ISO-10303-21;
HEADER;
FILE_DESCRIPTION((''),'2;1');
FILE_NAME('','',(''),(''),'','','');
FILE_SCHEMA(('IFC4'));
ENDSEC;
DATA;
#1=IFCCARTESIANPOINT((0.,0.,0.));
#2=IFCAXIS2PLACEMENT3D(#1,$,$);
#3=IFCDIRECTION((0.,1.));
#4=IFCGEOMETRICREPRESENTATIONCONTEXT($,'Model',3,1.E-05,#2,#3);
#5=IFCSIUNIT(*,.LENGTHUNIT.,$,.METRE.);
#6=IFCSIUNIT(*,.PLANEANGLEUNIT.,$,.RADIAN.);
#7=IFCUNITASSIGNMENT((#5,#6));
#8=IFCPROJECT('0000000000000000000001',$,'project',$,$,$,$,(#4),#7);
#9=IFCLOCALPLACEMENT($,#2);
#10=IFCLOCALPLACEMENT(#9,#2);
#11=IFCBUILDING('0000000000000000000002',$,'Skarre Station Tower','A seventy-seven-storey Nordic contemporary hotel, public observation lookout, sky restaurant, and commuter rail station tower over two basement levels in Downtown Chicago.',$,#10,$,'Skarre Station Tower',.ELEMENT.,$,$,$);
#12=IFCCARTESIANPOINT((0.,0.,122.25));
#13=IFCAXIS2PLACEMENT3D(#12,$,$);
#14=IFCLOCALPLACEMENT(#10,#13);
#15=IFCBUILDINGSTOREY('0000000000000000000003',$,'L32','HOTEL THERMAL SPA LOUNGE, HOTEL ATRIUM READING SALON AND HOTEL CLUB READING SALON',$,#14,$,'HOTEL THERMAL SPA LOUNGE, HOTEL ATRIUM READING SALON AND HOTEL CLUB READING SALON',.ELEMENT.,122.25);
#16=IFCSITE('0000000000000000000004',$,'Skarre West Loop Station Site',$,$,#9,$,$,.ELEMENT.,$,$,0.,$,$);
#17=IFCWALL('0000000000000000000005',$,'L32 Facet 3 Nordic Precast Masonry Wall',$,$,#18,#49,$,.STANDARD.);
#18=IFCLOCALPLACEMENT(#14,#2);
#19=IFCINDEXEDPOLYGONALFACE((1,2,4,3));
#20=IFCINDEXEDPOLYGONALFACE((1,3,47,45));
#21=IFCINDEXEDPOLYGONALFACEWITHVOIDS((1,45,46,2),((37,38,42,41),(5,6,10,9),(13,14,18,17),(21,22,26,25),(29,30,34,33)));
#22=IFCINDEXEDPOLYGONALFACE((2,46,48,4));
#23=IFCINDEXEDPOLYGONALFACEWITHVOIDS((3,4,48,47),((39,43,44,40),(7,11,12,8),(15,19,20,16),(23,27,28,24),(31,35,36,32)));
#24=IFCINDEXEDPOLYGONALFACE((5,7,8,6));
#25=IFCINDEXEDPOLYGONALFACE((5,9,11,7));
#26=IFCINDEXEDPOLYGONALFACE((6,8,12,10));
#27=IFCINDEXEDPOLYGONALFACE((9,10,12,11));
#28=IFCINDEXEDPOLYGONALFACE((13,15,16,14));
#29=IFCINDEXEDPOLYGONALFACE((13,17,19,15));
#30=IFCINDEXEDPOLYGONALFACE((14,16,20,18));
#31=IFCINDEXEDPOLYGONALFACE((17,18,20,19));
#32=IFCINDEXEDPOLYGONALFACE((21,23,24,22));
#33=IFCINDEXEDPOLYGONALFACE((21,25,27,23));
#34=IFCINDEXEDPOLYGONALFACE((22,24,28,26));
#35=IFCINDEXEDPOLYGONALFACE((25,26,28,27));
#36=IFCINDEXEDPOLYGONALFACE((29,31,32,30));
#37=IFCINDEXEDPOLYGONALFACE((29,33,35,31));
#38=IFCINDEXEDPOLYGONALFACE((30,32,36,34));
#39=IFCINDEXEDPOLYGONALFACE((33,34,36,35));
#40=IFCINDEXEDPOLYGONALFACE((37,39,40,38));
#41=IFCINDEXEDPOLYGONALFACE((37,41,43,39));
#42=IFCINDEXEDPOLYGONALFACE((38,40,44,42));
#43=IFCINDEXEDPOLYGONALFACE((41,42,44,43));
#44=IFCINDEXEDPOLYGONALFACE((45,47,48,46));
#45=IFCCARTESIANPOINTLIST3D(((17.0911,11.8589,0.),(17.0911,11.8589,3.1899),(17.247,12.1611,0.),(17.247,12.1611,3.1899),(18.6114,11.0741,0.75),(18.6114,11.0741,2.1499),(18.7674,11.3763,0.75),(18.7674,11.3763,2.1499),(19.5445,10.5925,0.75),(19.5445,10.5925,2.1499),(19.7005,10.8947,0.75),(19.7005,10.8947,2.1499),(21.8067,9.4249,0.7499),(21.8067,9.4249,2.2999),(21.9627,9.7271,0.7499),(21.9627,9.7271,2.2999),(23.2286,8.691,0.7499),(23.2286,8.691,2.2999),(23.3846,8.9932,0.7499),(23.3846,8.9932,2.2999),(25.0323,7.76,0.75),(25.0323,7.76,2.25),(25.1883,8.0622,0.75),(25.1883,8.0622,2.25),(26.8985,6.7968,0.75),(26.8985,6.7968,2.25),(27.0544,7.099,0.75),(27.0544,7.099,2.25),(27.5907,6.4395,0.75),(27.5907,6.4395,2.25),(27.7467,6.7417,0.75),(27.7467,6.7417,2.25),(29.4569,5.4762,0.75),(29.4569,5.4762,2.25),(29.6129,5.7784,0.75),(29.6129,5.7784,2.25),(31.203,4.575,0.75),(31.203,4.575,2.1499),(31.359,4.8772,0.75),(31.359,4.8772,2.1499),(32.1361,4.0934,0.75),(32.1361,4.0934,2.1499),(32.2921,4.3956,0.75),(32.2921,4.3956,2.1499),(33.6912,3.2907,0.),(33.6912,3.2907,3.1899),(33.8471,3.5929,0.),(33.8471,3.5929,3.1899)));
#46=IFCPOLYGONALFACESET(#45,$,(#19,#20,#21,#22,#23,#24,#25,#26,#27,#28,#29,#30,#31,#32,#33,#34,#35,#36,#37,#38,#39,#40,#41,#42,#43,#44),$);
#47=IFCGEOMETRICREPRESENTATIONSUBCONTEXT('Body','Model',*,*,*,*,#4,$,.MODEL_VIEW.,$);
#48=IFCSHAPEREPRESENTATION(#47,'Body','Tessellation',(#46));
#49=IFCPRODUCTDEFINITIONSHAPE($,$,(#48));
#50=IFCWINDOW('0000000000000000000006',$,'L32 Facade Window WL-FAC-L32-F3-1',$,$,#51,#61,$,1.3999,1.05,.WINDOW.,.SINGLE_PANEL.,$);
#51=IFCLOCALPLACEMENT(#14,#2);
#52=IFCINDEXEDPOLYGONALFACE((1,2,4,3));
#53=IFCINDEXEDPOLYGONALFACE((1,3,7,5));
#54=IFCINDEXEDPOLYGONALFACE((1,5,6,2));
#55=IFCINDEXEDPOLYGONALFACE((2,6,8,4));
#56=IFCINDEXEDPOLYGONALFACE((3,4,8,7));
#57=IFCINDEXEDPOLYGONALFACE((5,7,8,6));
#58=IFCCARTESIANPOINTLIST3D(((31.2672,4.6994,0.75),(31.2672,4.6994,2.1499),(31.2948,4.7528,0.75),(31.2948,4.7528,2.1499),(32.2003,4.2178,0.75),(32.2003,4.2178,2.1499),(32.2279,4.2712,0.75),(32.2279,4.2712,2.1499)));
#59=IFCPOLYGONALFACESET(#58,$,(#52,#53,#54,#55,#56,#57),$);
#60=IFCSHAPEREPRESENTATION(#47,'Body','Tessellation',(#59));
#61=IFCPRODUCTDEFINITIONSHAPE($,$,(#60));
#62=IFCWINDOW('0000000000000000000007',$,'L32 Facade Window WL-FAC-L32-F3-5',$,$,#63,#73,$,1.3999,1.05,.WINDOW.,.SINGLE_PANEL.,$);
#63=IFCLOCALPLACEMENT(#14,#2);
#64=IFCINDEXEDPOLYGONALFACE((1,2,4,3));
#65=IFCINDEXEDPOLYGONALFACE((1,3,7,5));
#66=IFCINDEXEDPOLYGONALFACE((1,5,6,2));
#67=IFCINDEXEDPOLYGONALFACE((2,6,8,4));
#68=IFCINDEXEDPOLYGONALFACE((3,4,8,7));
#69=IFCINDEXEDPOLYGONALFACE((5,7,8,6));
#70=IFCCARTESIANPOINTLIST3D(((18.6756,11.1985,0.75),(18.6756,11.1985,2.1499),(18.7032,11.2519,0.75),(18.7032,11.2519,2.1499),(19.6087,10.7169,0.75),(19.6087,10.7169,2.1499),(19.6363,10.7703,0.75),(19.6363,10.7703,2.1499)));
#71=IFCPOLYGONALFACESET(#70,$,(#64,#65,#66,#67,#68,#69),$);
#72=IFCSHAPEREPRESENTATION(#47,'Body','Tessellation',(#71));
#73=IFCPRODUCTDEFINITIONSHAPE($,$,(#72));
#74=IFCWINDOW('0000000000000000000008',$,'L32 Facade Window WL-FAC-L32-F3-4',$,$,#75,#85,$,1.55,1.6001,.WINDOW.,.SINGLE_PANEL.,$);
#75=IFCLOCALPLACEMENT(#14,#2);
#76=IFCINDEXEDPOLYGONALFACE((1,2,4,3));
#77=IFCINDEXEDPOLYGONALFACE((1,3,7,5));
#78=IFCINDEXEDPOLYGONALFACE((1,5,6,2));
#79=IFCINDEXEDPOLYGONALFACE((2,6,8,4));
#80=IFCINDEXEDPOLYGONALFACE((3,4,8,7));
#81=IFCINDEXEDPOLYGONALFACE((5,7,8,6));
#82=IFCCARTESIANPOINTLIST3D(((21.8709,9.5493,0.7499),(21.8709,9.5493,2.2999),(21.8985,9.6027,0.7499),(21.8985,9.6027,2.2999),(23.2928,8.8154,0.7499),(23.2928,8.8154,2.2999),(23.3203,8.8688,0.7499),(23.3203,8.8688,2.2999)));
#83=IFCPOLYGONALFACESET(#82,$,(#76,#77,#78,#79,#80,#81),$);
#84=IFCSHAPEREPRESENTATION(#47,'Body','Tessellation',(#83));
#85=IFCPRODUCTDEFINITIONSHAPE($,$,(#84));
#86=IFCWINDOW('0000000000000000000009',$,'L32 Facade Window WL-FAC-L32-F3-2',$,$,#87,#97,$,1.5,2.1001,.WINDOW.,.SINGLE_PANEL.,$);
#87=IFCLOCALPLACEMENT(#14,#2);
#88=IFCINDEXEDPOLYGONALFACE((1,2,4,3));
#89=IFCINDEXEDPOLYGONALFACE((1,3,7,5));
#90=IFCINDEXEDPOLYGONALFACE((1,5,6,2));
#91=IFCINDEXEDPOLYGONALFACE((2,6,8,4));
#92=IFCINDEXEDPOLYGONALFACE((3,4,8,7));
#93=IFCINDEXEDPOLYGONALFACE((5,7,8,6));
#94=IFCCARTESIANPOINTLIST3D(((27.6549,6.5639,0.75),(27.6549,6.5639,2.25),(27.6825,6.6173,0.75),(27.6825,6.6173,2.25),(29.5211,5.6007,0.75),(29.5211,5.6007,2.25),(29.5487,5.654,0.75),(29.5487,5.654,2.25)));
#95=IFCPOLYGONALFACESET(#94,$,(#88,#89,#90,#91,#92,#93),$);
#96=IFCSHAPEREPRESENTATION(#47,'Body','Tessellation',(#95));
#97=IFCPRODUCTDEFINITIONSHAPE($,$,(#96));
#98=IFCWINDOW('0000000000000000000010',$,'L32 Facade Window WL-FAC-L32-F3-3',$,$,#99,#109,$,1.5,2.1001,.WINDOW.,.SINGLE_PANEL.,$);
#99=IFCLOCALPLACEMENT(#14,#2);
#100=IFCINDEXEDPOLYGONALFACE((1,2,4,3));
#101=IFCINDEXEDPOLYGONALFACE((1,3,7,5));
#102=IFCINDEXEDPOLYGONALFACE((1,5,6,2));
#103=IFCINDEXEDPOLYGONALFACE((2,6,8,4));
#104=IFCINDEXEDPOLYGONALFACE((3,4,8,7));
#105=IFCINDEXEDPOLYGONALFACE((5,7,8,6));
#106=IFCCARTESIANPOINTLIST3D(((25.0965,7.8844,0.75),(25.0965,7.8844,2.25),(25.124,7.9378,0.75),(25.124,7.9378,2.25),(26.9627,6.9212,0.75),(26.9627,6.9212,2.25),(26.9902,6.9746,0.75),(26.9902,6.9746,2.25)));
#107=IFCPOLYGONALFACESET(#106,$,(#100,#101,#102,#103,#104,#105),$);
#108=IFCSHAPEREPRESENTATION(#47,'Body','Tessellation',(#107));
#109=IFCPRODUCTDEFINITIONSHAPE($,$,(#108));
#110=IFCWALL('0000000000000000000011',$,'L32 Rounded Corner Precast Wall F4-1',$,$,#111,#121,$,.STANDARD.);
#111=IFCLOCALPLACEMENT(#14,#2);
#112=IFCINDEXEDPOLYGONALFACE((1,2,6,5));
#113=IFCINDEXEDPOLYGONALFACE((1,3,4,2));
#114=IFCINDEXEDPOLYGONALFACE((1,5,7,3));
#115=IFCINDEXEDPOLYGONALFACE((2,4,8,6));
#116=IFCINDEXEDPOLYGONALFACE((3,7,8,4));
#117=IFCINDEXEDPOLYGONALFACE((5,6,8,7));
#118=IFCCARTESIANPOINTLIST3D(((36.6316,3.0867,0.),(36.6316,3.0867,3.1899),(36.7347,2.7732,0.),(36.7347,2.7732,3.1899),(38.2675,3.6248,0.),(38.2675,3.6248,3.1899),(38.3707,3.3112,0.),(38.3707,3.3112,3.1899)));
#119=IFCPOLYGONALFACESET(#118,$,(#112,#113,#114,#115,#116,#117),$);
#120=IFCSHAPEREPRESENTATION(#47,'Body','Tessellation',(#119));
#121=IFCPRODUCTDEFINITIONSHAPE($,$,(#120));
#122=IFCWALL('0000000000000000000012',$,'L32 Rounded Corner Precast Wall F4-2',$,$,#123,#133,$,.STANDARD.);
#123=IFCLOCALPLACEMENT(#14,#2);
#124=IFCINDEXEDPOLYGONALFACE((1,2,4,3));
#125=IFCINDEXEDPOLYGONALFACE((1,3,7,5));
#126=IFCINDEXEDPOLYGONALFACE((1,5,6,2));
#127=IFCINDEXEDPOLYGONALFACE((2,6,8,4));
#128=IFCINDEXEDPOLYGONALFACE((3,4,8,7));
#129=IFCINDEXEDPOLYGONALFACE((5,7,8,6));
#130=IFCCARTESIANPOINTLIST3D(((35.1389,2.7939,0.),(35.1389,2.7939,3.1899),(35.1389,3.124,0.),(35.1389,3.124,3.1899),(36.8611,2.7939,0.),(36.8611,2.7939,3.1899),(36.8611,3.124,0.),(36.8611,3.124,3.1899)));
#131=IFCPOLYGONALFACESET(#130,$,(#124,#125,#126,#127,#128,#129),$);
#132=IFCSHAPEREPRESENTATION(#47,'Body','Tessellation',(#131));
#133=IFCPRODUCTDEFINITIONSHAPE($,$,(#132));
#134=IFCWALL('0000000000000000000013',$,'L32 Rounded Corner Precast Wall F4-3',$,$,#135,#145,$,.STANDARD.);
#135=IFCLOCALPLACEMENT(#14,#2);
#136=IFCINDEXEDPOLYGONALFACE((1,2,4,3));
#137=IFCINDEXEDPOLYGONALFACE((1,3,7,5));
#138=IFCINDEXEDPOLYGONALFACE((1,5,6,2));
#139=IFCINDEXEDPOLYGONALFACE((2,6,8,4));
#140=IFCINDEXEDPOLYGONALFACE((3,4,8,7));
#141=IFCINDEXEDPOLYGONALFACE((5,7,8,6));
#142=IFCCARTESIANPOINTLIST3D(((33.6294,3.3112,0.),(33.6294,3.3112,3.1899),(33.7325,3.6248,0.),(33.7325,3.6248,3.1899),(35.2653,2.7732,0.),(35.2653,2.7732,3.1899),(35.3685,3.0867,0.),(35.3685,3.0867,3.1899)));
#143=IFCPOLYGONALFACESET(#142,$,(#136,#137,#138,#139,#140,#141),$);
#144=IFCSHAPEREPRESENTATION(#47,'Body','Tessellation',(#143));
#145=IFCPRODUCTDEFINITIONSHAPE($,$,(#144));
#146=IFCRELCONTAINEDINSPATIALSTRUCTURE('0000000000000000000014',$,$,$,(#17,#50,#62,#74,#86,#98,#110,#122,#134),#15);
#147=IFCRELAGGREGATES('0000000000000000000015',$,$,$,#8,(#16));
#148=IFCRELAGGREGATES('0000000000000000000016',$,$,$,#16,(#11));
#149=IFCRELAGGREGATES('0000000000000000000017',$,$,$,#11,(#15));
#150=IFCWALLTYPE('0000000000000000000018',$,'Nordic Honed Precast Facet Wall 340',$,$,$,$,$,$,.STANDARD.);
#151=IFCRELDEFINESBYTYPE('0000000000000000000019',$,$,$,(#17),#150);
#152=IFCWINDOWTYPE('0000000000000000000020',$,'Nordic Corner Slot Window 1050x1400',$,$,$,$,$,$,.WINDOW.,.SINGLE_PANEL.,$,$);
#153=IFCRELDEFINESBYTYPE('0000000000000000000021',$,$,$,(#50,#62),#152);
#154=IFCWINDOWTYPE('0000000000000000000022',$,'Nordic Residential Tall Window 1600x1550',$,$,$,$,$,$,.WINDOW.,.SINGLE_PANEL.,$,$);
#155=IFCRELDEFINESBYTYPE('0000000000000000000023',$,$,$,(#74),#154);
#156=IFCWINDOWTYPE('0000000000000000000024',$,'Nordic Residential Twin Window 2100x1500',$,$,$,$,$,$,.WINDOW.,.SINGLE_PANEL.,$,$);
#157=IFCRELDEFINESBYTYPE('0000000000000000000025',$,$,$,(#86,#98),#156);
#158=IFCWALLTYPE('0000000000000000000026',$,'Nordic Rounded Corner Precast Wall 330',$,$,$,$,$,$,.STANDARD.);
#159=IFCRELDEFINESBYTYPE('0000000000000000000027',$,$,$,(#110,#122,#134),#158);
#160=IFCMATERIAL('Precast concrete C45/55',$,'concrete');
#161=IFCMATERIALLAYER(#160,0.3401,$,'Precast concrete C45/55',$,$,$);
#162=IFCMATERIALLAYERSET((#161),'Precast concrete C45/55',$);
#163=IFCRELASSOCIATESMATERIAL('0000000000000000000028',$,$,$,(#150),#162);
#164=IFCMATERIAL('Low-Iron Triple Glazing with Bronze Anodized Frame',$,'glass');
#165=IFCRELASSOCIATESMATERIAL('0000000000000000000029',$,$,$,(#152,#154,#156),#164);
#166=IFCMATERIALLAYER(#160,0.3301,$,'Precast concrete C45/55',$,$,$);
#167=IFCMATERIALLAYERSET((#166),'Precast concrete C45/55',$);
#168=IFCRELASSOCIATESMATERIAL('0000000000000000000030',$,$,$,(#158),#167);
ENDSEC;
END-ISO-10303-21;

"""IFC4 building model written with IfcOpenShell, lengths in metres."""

from ifc_helpers import new_model, si_unit, direction, frame, frame_2d, origin, place, context, subcontext, project, spatial, rectangle, extrude, material, layer, layer_set, type_object, element, fill, save


model = new_model("IFC4")

# Units and contexts
model_context = context("Model", 3, precision=1e-05, world=origin(), true_north=direction((0.0, 1.0)))
body_context = subcontext(model_context, "Body", "Model", "MODEL_VIEW")
ifc_project = project(units=[si_unit("LENGTHUNIT", "METRE"), si_unit("PLANEANGLEUNIT", "RADIAN")], contexts=[model_context])

# Site, building, storey
site_placement = place(None, origin())
site = spatial("IfcSite", under=ifc_project, at=site_placement, Name="Skarre West Loop Station Site", CompositionType="ELEMENT", RefElevation=0.0)
building_placement = place(site_placement, origin())
building = spatial("IfcBuilding", under=site, at=building_placement, Name="Skarre Station Tower", Description="A seventy-seven-storey Nordic contemporary hotel, public observation lookout, sky restaurant, and commuter rail station tower over two basement levels in Downtown Chicago.", LongName="Skarre Station Tower", CompositionType="ELEMENT")
storey_placement = place(building_placement, frame((0.0, 0.0, 122.25)))
storey = spatial("IfcBuildingStorey", under=building, at=storey_placement, Name="L32", Description="HOTEL THERMAL SPA LOUNGE, HOTEL ATRIUM READING SALON AND HOTEL CLUB READING SALON", LongName="HOTEL THERMAL SPA LOUNGE, HOTEL ATRIUM READING SALON AND HOTEL CLUB READING SALON", CompositionType="ELEMENT", Elevation=122.25)

# Wall, openings, windows
ifc_material_1 = material(Name="Precast concrete C45/55", Category="concrete")
ifc_layer_1 = layer(ifc_material_1, 0.3401, Name="Precast concrete C45/55")
ifc_layer_set_1 = layer_set([ifc_layer_1], Name="Precast concrete C45/55")
wall_type_1 = type_object("IfcWallType", Name="Nordic Honed Precast Facet Wall 340", PredefinedType="STANDARD", material=ifc_layer_set_1)
wall_1_placement = place(storey_placement, frame((33.769, 3.4419, 0.0), z_axis=(0.0, 0.0, 1.0), x_axis=(-0.888614, 0.458657, 0.0)))
wall_1 = element("IfcWall", 1, at=wall_1_placement, inside=storey, type_object=wall_type_1, Name="L32 Facet 3 Nordic Precast Masonry Wall", PredefinedType="STANDARD", context=body_context, shape_type="SweptSolid", body=[
    extrude(rectangle(XDim=18.6809, YDim=0.3401, at=frame_2d((9.3403, 0.0))), origin(), (0.0, 0.0, 1.0), 3.1899),
])
opening_1_placement = place(wall_1_placement, frame((1.75, 0.0, 0.75)))
opening_1 = element("IfcOpeningElement", 2, at=opening_1_placement, cuts=wall_1, PredefinedType="OPENING", context=body_context, shape_type="SweptSolid", body=[
    extrude(rectangle(XDim=1.05, YDim=1.3999, at=frame_2d((0.5249, 0.7))), frame((0.0, 0.1799, 0.0), z_axis=(0.0, -1.0, 0.0), x_axis=(1.0, 0.0, 0.0)), (0.0, 0.0, 1.0), 0.3601),
])
opening_2_placement = place(wall_1_placement, frame((4.7649, 0.0, 0.75)))
opening_2 = element("IfcOpeningElement", 3, at=opening_2_placement, cuts=wall_1, PredefinedType="OPENING", context=body_context, shape_type="SweptSolid", body=[
    extrude(rectangle(XDim=2.1001, YDim=1.5, at=frame_2d((1.05, 0.75))), frame((0.0, 0.1799, 0.0), z_axis=(0.0, -1.0, 0.0), x_axis=(1.0, 0.0, 0.0)), (0.0, 0.0, 1.0), 0.3601),
])
opening_3_placement = place(wall_1_placement, frame((7.644, 0.0, 0.75)))
opening_3 = element("IfcOpeningElement", 4, at=opening_3_placement, cuts=wall_1, PredefinedType="OPENING", context=body_context, shape_type="SweptSolid", body=[
    extrude(rectangle(XDim=2.1001, YDim=1.5, at=frame_2d((1.05, 0.75))), frame((0.0, 0.1799, 0.0), z_axis=(0.0, -1.0, 0.0), x_axis=(1.0, 0.0, 0.0)), (0.0, 0.0, 1.0), 0.3601),
])
opening_4_placement = place(wall_1_placement, frame((11.7739, 0.0, 0.75)))
opening_4 = element("IfcOpeningElement", 5, at=opening_4_placement, cuts=wall_1, PredefinedType="OPENING", context=body_context, shape_type="SweptSolid", body=[
    extrude(rectangle(XDim=1.6001, YDim=1.55, at=frame_2d((0.8, 0.7749))), frame((0.0, 0.1799, 0.0), z_axis=(0.0, -1.0, 0.0), x_axis=(1.0, 0.0, 0.0)), (0.0, 0.0, 1.0), 0.3601),
])
opening_5_placement = place(wall_1_placement, frame((15.9199, 0.0, 0.75)))
opening_5 = element("IfcOpeningElement", 6, at=opening_5_placement, cuts=wall_1, PredefinedType="OPENING", context=body_context, shape_type="SweptSolid", body=[
    extrude(rectangle(XDim=1.05, YDim=1.3999, at=frame_2d((0.5249, 0.7))), frame((0.0, 0.1799, 0.0), z_axis=(0.0, -1.0, 0.0), x_axis=(1.0, 0.0, 0.0)), (0.0, 0.0, 1.0), 0.3601),
])
ifc_material_2 = material(Name="Low-Iron Triple Glazing with Bronze Anodized Frame", Category="glass")
window_type_1 = type_object("IfcWindowType", Name="Nordic Corner Slot Window 1050x1400", PartitioningType="SINGLE_PANEL", PredefinedType="WINDOW", material=ifc_material_2)
window_1_placement = place(opening_1_placement, origin())
window_1 = element("IfcWindow", 7, at=window_1_placement, inside=storey, type_object=window_type_1, Name="L32 Facade Window WL-FAC-L32-F3-1", OverallHeight=1.3999, OverallWidth=1.05, PartitioningType="SINGLE_PANEL", PredefinedType="WINDOW", context=body_context, shape_type="SweptSolid", body=[
    extrude(rectangle(XDim=1.05, YDim=1.3999, at=frame_2d((0.5249, 0.7))), frame((0.0, 0.03, 0.0), z_axis=(0.0, -1.0, 0.0), x_axis=(1.0, 0.0, 0.0)), (0.0, 0.0, 1.0), 0.0601),
])
fill(opening_1, window_1)
window_2_placement = place(opening_5_placement, origin())
window_2 = element("IfcWindow", 8, at=window_2_placement, inside=storey, type_object=window_type_1, Name="L32 Facade Window WL-FAC-L32-F3-5", OverallHeight=1.3999, OverallWidth=1.05, PartitioningType="SINGLE_PANEL", PredefinedType="WINDOW", context=body_context, shape_type="SweptSolid", body=[
    extrude(rectangle(XDim=1.05, YDim=1.3999, at=frame_2d((0.5249, 0.7))), frame((0.0, 0.03, 0.0), z_axis=(0.0, -1.0, 0.0), x_axis=(1.0, 0.0, 0.0)), (0.0, 0.0, 1.0), 0.0601),
])
fill(opening_5, window_2)
window_type_2 = type_object("IfcWindowType", Name="Nordic Residential Tall Window 1600x1550", PartitioningType="SINGLE_PANEL", PredefinedType="WINDOW", material=ifc_material_2)
window_3_placement = place(opening_4_placement, origin())
window_3 = element("IfcWindow", 9, at=window_3_placement, inside=storey, type_object=window_type_2, Name="L32 Facade Window WL-FAC-L32-F3-4", OverallHeight=1.55, OverallWidth=1.6001, PartitioningType="SINGLE_PANEL", PredefinedType="WINDOW", context=body_context, shape_type="SweptSolid", body=[
    extrude(rectangle(XDim=1.6001, YDim=1.55, at=frame_2d((0.8, 0.7749))), frame((0.0, 0.03, 0.0), z_axis=(0.0, -1.0, 0.0), x_axis=(1.0, 0.0, 0.0)), (0.0, 0.0, 1.0), 0.0601),
])
fill(opening_4, window_3)
window_type_3 = type_object("IfcWindowType", Name="Nordic Residential Twin Window 2100x1500", PartitioningType="SINGLE_PANEL", PredefinedType="WINDOW", material=ifc_material_2)
window_4_placement = place(opening_2_placement, origin())
window_4 = element("IfcWindow", 10, at=window_4_placement, inside=storey, type_object=window_type_3, Name="L32 Facade Window WL-FAC-L32-F3-2", OverallHeight=1.5, OverallWidth=2.1001, PartitioningType="SINGLE_PANEL", PredefinedType="WINDOW", context=body_context, shape_type="SweptSolid", body=[
    extrude(rectangle(XDim=2.1001, YDim=1.5, at=frame_2d((1.05, 0.75))), frame((0.0, 0.03, 0.0), z_axis=(0.0, -1.0, 0.0), x_axis=(1.0, 0.0, 0.0)), (0.0, 0.0, 1.0), 0.0601),
])
fill(opening_2, window_4)
window_5_placement = place(opening_3_placement, origin())
window_5 = element("IfcWindow", 11, at=window_5_placement, inside=storey, type_object=window_type_3, Name="L32 Facade Window WL-FAC-L32-F3-3", OverallHeight=1.5, OverallWidth=2.1001, PartitioningType="SINGLE_PANEL", PredefinedType="WINDOW", context=body_context, shape_type="SweptSolid", body=[
    extrude(rectangle(XDim=2.1001, YDim=1.5, at=frame_2d((1.05, 0.75))), frame((0.0, 0.03, 0.0), z_axis=(0.0, -1.0, 0.0), x_axis=(1.0, 0.0, 0.0)), (0.0, 0.0, 1.0), 0.0601),
])
fill(opening_3, window_5)

# Walls
ifc_layer_2 = layer(ifc_material_1, 0.3301, Name="Precast concrete C45/55")
ifc_layer_set_2 = layer_set([ifc_layer_2], Name="Precast concrete C45/55")
wall_type_2 = type_object("IfcWallType", Name="Nordic Rounded Corner Precast Wall 330", PredefinedType="STANDARD", material=ifc_layer_set_2)
for number, where, z_axis, x_axis, name in (
    (12, (38.3191, 3.468, 0.0), (0.0, 0.0, 1.0), (-0.949937, -0.31244, 0.0), "L32 Rounded Corner Precast Wall F4-1"),
    (13, (36.8611, 2.959, 0.0), (0.0, 0.0, 1.0), (-1.0, 0.0, 0.0), "L32 Rounded Corner Precast Wall F4-2"),
    (14, (35.3169, 2.9299, 0.0), (0.0, 0.0, 1.0), (-0.949937, 0.31244, 0.0), "L32 Rounded Corner Precast Wall F4-3"),
):
    element("IfcWall", number, at=place(storey_placement, frame(where, z_axis=z_axis, x_axis=x_axis)), inside=storey, type_object=wall_type_2, Name=name, PredefinedType="STANDARD", context=body_context, shape_type="SweptSolid", body=[
        extrude(rectangle(XDim=1.7222, YDim=0.3301, at=frame_2d((0.8611, 0.0))), origin(), (0.0, 0.0, 1.0), 3.1899),
    ])

save(model, "model.ifc")
